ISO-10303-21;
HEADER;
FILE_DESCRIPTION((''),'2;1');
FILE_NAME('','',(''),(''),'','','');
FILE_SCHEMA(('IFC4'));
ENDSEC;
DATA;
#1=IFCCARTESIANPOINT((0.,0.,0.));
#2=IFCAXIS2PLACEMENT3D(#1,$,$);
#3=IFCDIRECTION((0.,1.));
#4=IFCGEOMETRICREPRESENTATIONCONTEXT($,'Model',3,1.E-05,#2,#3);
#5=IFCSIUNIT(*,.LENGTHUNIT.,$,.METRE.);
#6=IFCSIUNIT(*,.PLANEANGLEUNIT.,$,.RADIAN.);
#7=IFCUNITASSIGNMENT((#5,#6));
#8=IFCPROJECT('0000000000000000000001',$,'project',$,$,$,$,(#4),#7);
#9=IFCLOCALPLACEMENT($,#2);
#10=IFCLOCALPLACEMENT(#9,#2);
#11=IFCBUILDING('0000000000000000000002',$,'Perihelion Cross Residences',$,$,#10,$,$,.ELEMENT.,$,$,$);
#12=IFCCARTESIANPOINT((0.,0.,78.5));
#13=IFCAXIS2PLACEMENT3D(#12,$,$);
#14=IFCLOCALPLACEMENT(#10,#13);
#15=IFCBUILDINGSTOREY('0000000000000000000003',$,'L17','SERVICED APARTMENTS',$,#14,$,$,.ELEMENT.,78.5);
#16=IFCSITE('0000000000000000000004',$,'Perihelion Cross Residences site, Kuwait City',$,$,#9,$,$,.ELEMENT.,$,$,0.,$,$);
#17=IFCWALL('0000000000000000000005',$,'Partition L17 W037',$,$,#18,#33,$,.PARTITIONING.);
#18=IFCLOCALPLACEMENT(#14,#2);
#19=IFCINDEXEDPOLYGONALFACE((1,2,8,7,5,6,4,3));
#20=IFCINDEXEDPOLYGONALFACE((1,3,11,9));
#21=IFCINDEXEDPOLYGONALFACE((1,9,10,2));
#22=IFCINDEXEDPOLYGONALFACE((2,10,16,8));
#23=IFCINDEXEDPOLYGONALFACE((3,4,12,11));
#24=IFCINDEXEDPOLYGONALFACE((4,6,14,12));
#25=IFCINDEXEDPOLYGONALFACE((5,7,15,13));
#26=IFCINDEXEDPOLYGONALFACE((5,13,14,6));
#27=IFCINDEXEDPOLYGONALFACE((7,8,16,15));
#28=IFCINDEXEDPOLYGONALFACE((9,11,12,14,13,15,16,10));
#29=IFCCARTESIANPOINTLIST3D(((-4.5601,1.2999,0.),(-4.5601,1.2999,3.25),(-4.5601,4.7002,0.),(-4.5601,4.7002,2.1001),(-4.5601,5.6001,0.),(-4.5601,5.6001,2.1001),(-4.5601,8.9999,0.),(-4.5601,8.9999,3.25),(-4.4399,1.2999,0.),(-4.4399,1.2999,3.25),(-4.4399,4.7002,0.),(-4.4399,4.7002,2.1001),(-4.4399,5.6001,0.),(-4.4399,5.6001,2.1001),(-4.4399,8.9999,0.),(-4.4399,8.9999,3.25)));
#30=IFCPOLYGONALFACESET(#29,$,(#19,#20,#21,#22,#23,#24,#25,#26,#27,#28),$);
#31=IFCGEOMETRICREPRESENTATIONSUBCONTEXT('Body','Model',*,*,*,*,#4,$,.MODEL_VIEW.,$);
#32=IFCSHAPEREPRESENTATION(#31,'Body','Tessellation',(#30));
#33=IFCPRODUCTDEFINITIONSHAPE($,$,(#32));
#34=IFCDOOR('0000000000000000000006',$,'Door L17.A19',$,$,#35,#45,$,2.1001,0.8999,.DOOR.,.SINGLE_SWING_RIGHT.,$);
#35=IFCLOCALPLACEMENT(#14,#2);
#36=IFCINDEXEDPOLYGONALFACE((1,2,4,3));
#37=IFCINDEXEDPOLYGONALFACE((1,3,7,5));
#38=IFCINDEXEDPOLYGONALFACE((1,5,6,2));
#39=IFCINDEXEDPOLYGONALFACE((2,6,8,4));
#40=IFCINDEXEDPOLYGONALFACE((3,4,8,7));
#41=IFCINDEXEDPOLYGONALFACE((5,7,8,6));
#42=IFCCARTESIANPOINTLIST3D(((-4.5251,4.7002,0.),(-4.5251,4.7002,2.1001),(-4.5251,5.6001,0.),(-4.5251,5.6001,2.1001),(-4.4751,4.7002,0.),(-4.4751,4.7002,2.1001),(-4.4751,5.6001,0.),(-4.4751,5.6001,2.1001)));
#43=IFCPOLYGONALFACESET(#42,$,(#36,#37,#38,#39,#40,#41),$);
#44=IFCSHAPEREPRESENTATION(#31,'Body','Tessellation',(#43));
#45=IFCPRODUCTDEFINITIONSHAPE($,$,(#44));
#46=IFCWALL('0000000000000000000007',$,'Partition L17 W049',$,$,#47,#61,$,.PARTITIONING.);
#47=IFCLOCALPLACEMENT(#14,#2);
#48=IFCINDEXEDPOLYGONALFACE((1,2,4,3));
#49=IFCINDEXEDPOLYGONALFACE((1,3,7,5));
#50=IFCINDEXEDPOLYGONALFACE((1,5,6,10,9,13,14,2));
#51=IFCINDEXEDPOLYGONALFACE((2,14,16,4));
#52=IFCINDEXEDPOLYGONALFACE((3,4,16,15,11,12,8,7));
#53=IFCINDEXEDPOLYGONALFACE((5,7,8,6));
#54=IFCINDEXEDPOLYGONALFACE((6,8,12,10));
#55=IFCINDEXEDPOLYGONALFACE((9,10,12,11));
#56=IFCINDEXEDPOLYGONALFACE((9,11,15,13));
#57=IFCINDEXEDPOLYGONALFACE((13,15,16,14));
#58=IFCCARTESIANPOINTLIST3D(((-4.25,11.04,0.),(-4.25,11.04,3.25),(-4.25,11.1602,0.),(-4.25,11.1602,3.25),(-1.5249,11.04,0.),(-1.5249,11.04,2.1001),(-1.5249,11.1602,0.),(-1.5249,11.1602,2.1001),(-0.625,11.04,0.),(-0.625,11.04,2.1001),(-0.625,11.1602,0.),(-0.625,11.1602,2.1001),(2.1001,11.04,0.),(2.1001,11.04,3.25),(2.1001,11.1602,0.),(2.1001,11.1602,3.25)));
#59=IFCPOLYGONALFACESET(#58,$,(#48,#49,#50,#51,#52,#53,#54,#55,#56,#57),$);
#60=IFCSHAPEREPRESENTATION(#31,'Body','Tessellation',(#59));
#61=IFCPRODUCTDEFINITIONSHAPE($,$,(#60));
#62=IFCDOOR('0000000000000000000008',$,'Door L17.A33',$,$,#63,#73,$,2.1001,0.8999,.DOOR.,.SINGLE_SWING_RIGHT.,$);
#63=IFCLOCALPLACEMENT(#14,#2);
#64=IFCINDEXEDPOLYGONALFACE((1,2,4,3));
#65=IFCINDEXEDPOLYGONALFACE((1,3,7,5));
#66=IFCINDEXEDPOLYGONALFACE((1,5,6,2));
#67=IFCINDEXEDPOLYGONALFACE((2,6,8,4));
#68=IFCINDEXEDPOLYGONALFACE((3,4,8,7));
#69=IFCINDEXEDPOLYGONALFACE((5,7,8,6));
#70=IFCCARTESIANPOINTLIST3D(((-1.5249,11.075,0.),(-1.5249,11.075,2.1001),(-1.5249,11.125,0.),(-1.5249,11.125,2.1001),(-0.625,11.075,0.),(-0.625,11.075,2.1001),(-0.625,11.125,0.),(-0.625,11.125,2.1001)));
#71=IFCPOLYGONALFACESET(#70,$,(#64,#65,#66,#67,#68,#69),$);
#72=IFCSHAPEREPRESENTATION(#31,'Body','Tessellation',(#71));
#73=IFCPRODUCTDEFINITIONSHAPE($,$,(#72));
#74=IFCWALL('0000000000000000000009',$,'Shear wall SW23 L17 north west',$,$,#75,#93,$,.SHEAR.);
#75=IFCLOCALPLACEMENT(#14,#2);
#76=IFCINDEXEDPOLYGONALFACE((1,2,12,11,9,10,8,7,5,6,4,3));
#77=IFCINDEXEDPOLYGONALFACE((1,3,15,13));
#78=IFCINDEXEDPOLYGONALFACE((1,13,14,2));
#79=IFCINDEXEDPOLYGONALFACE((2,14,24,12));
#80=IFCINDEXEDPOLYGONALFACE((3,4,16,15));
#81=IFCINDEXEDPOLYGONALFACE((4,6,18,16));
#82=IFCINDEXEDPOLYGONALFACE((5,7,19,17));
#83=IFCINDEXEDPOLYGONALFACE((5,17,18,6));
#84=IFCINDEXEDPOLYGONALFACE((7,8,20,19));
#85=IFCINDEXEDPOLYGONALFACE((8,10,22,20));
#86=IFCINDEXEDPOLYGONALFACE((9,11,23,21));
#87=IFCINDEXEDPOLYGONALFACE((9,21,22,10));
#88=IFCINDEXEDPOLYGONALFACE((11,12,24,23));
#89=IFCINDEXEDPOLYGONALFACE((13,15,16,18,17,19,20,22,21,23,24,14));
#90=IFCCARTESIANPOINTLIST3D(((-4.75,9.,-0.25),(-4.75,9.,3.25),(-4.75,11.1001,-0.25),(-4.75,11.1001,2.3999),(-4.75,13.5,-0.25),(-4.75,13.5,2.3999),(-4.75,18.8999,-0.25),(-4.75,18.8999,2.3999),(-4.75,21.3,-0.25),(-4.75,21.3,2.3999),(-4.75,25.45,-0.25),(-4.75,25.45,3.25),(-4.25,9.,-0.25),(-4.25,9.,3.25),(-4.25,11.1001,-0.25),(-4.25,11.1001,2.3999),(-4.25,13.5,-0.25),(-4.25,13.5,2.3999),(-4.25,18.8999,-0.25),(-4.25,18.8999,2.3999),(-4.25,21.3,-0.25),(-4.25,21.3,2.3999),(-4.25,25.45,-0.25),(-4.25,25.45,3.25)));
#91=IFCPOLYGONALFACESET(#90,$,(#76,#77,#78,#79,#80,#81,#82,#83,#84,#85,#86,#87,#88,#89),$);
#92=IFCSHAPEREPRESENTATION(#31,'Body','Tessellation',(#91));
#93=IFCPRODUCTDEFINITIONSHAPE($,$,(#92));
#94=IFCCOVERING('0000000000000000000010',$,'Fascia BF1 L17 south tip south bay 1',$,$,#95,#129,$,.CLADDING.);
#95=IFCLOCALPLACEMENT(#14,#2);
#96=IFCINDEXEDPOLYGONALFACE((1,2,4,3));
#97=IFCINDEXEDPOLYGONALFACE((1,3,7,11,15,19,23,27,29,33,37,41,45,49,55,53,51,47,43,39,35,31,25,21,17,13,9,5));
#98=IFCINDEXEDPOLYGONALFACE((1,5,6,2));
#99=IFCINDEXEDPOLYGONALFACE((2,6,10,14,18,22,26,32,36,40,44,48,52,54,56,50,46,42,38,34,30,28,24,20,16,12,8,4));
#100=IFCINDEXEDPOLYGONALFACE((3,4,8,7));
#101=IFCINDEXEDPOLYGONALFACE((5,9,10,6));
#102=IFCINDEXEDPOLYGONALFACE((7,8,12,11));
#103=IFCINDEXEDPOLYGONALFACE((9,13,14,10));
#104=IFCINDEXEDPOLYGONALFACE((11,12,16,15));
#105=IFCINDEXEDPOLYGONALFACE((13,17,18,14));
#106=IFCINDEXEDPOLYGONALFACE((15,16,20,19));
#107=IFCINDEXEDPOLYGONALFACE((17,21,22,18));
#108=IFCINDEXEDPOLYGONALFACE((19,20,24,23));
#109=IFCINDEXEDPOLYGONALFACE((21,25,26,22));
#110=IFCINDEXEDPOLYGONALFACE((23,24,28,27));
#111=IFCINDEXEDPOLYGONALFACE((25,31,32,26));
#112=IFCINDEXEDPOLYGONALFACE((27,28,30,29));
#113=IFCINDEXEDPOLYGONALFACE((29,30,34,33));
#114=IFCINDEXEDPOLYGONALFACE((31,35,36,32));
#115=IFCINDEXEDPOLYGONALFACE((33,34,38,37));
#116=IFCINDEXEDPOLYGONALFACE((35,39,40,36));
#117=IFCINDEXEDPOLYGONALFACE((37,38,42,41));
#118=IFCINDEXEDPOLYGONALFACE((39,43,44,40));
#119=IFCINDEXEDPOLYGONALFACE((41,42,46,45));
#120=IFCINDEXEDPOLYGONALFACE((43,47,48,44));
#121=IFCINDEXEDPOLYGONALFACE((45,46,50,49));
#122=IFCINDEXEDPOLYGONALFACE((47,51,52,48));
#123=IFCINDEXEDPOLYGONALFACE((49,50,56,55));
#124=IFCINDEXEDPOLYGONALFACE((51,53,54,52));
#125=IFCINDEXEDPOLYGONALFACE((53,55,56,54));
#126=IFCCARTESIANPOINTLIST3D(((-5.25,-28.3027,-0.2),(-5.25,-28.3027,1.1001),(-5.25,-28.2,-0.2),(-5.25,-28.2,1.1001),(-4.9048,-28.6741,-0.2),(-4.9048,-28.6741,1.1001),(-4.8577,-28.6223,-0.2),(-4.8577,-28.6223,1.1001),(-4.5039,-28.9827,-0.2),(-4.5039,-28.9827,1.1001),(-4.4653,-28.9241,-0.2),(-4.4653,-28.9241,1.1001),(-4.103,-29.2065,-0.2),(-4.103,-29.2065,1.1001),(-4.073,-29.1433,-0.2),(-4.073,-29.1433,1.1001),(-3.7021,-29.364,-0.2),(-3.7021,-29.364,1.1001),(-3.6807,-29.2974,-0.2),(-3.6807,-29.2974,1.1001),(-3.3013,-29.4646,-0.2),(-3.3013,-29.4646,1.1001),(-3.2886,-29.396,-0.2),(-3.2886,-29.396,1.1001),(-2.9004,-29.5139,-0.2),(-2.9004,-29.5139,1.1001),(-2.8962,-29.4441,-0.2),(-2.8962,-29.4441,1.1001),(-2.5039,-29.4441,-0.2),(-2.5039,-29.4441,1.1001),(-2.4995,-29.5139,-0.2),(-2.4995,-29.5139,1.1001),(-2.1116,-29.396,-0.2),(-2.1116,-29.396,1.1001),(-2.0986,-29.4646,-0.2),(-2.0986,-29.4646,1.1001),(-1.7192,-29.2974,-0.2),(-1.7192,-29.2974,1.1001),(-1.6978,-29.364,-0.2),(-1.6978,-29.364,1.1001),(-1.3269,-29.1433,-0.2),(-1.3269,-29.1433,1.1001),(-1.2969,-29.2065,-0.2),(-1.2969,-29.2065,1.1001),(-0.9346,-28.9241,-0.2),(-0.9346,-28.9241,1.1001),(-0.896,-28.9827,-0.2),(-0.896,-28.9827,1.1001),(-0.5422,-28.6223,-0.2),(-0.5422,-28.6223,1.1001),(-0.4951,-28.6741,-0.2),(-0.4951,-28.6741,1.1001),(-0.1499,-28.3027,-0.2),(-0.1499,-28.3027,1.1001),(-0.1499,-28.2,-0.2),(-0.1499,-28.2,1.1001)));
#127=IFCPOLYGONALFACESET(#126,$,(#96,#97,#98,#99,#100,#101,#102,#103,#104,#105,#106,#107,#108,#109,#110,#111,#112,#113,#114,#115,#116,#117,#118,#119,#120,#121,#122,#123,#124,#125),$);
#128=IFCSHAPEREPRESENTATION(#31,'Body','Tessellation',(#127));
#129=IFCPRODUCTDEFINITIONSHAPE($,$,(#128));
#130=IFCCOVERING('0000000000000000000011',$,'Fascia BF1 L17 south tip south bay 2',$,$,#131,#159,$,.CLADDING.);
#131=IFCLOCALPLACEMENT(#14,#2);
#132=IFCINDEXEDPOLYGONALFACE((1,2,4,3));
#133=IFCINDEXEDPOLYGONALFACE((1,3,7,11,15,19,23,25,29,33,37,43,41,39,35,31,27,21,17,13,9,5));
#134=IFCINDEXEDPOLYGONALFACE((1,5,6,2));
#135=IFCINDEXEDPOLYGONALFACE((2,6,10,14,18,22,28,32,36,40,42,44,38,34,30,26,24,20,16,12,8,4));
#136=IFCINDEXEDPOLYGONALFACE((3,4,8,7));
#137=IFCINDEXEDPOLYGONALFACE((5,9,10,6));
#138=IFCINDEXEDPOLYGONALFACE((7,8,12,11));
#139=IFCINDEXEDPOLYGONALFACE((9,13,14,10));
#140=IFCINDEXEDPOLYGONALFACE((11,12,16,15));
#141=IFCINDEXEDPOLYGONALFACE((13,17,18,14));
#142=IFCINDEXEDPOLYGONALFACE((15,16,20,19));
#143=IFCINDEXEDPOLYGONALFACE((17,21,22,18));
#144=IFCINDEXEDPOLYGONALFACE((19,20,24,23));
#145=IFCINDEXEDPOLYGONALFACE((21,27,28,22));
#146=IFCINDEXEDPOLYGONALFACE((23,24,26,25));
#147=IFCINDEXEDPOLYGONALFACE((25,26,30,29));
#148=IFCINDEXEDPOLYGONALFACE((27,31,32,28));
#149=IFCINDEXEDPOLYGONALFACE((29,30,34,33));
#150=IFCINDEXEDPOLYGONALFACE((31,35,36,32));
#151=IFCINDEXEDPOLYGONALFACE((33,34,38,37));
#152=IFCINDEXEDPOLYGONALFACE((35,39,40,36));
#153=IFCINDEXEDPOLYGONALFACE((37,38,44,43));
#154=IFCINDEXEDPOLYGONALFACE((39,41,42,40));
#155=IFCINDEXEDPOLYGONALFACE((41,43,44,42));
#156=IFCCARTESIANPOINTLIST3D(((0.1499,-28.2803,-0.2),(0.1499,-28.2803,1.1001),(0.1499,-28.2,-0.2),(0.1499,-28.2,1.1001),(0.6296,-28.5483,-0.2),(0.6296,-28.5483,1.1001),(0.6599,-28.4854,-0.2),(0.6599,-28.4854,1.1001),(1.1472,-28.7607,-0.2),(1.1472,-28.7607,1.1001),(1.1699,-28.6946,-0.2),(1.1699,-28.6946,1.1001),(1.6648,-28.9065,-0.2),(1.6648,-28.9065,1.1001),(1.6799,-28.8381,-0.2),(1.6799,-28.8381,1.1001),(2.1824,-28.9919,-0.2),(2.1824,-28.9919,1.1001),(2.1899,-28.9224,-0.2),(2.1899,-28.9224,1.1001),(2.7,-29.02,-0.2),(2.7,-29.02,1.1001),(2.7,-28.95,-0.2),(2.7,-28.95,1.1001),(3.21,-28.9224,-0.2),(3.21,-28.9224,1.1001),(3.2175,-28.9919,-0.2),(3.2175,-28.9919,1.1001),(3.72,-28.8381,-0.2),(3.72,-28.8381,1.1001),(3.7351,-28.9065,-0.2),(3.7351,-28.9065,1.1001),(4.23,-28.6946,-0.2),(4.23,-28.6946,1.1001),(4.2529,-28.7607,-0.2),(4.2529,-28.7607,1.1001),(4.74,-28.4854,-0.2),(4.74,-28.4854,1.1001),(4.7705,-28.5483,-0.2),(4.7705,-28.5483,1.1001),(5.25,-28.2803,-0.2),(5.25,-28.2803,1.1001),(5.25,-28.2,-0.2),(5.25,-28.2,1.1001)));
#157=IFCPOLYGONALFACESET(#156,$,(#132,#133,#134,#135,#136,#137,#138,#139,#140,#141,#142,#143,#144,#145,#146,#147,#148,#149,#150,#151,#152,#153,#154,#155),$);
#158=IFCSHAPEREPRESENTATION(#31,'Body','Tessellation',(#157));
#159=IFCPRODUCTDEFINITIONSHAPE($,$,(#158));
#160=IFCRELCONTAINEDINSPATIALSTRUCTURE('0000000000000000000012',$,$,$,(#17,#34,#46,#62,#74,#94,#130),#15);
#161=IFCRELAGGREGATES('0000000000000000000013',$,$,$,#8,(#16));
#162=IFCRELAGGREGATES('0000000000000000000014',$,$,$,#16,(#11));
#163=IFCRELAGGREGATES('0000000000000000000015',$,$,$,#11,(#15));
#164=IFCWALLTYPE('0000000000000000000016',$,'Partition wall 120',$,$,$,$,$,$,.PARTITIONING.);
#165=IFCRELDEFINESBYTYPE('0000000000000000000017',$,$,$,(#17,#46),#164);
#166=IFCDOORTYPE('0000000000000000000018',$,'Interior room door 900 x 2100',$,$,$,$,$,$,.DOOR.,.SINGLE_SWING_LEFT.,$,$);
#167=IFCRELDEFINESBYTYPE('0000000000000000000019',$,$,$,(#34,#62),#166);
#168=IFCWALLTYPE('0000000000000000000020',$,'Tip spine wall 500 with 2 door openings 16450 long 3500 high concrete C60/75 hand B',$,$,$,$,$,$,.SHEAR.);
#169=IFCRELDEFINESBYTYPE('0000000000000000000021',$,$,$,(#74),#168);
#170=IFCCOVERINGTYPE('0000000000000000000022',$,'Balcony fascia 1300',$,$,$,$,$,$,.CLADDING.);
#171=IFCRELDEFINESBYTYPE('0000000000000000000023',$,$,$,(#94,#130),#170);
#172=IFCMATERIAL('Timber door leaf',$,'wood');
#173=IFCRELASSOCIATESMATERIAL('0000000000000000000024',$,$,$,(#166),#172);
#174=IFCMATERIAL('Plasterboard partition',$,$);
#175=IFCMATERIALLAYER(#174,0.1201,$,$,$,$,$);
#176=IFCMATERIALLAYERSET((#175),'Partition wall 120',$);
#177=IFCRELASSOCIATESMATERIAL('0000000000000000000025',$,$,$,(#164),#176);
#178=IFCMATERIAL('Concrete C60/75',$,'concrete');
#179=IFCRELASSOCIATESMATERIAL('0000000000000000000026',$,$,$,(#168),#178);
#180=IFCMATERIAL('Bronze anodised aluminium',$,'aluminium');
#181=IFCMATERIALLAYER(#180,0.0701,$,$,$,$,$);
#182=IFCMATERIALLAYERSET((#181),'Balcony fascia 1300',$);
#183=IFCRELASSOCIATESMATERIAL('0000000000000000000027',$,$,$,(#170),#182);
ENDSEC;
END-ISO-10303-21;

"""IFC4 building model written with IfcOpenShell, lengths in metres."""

from ifc_helpers import new_model, si_unit, direction, frame, frame_2d, origin, place, context, subcontext, project, spatial, polyline, rectangle, outline, extrude, material, layer, layer_set, material_profile, profile_set, type_object, element, fill, save


model = new_model("IFC4")

# Units and contexts
model_context = context("Model", 3, precision=1e-05, world=origin(), true_north=direction((0.0, 1.0)))
body_context = subcontext(model_context, "Body", "Model", "MODEL_VIEW")
ifc_project = project(units=[si_unit("LENGTHUNIT", "METRE"), si_unit("PLANEANGLEUNIT", "RADIAN")], contexts=[model_context])

# Site, building, storey
site_placement = place(None, origin())
site = spatial("IfcSite", under=ifc_project, at=site_placement, Name="Perihelion Cross Residences site, Kuwait City", CompositionType="ELEMENT", RefElevation=0.0)
building_placement = place(site_placement, origin())
building = spatial("IfcBuilding", under=site, at=building_placement, Name="Perihelion Cross Residences", CompositionType="ELEMENT")
storey_placement = place(building_placement, frame((0.0, 0.0, 78.5)))
storey = spatial("IfcBuildingStorey", under=building, at=storey_placement, Name="L17", Description="SERVICED APARTMENTS", CompositionType="ELEMENT", Elevation=78.5)

# Walls, openings, doors
ifc_material_1 = material(Name="Timber door leaf", Category="wood")
door_type = type_object("IfcDoorType", Name="Interior room door 900 x 2100", OperationType="SINGLE_SWING_LEFT", PredefinedType="DOOR", material=ifc_material_1)
ifc_material_2 = material(Name="Plasterboard partition")
ifc_layer_1 = layer(ifc_material_2, 0.1201)
ifc_layer_set_1 = layer_set([ifc_layer_1], Name="Partition wall 120")
wall_type_1 = type_object("IfcWallType", Name="Partition wall 120", PredefinedType="PARTITIONING", material=ifc_layer_set_1)
wall_1_placement = place(storey_placement, frame((-4.5, 9.0, 0.0), z_axis=(0.0, 0.0, 1.0), x_axis=(0.0, -1.0, 0.0)))
wall_1 = element("IfcWall", 1, at=wall_1_placement, inside=storey, type_object=wall_type_1, Name="Partition L17 W037", PredefinedType="PARTITIONING", context=body_context, shape_type="SweptSolid", body=[
    extrude(rectangle(XDim=7.7, YDim=0.1201, at=frame_2d((3.8501, 0.0))), origin(), (0.0, 0.0, 1.0), 3.25),
])
opening_1_placement = place(wall_1_placement, frame((3.3999, 0.0, 0.0)))
opening_1 = element("IfcOpeningElement", 2, at=opening_1_placement, cuts=wall_1, PredefinedType="OPENING", context=body_context, shape_type="SweptSolid", body=[
    extrude(rectangle(XDim=0.8999, YDim=2.1001, at=frame_2d((0.45, 1.05))), frame((0.0, 0.0701, 0.0), z_axis=(0.0, -1.0, 0.0), x_axis=(1.0, 0.0, 0.0)), (0.0, 0.0, 1.0), 0.1401),
])
door_1_placement = place(opening_1_placement, origin())
door_1 = element("IfcDoor", 3, at=door_1_placement, inside=storey, type_object=door_type, Name="Door L17.A19", OperationType="SINGLE_SWING_RIGHT", OverallHeight=2.1001, OverallWidth=0.8999, PredefinedType="DOOR", context=body_context, shape_type="SweptSolid", body=[
    extrude(rectangle(XDim=0.8999, YDim=2.1001, at=frame_2d((0.45, 1.05))), frame((0.0, 0.0249, 0.0), z_axis=(0.0, -1.0, 0.0), x_axis=(1.0, 0.0, 0.0)), (0.0, 0.0, 1.0), 0.05),
])
fill(opening_1, door_1)
wall_2_placement = place(storey_placement, frame((-4.25, 11.1001, 0.0), z_axis=(0.0, 0.0, 1.0), x_axis=(1.0, 0.0, 0.0)))
wall_2 = element("IfcWall", 4, at=wall_2_placement, inside=storey, type_object=wall_type_1, Name="Partition L17 W049", PredefinedType="PARTITIONING", context=body_context, shape_type="SweptSolid", body=[
    extrude(rectangle(XDim=6.3501, YDim=0.1201, at=frame_2d((3.175, 0.0))), origin(), (0.0, 0.0, 1.0), 3.25),
])
opening_2_placement = place(wall_2_placement, frame((2.7251, 0.0, 0.0)))
opening_2 = element("IfcOpeningElement", 5, at=opening_2_placement, cuts=wall_2, PredefinedType="OPENING", context=body_context, shape_type="SweptSolid", body=[
    extrude(rectangle(XDim=0.8999, YDim=2.1001, at=frame_2d((0.45, 1.05))), frame((0.0, 0.0701, 0.0), z_axis=(0.0, -1.0, 0.0), x_axis=(1.0, 0.0, 0.0)), (0.0, 0.0, 1.0), 0.1401),
])
door_2_placement = place(opening_2_placement, origin())
door_2 = element("IfcDoor", 6, at=door_2_placement, inside=storey, type_object=door_type, Name="Door L17.A33", OperationType="SINGLE_SWING_RIGHT", OverallHeight=2.1001, OverallWidth=0.8999, PredefinedType="DOOR", context=body_context, shape_type="SweptSolid", body=[
    extrude(rectangle(XDim=0.8999, YDim=2.1001, at=frame_2d((0.45, 1.05))), frame((0.0, 0.0249, 0.0), z_axis=(0.0, -1.0, 0.0), x_axis=(1.0, 0.0, 0.0)), (0.0, 0.0, 1.0), 0.05),
])
fill(opening_2, door_2)

# Wall
ifc_material_3 = material(Name="Concrete C60/75", Category="concrete")
ifc_material_profile_1 = material_profile(ifc_material_3, outline(polyline([(0.0, 0.0), (2.1001, 0.0), (2.1001, 2.6499), (4.5, 2.6499), (4.5, 0.0), (9.8999, 0.0), (9.8999, 2.6499), (12.3, 2.6499), (12.3, 0.0), (16.45, 0.0), (16.45, 3.5), (0.0, 3.5), (0.0, 0.0)])), Name="Tip spine wall")
ifc_profile_set_1 = profile_set([ifc_material_profile_1], Name="Concrete C60/75")
wall_type_2 = type_object("IfcWallType", Name="Tip spine wall 500 with 2 door openings 16450 long 3500 high concrete C60/75 hand B", PredefinedType="SHEAR", material=ifc_profile_set_1)
wall_3_placement = place(storey_placement, frame((-4.75, 9.0, -0.25), z_axis=(1.0, 0.0, 0.0), x_axis=(0.0, 1.0, 0.0)))
element("IfcWall", 7, at=wall_3_placement, inside=storey, type_object=wall_type_2, Name="Shear wall SW23 L17 north west", PredefinedType="SHEAR", context=body_context, shape_type="SweptSolid", body=[
    extrude(outline(polyline([(0.0, 0.0), (2.1001, 0.0), (2.1001, 2.6499), (4.5, 2.6499), (4.5, 0.0), (9.8999, 0.0), (9.8999, 2.6499), (12.3, 2.6499), (12.3, 0.0), (16.45, 0.0), (16.45, 3.5), (0.0, 3.5), (0.0, 0.0)])), origin(), (0.0, 0.0, 1.0), 0.5),
])

# Coverings
ifc_material_4 = material(Name="Bronze anodised aluminium", Category="aluminium")
ifc_layer_2 = layer(ifc_material_4, 0.0701)
ifc_layer_set_2 = layer_set([ifc_layer_2], Name="Balcony fascia 1300")
covering_type_1 = type_object("IfcCoveringType", Name="Balcony fascia 1300", PredefinedType="CLADDING", material=ifc_layer_set_2)
covering_1_placement = place(storey_placement, frame((0.0, 0.0, -0.2)))
element("IfcCovering", 8, at=covering_1_placement, inside=storey, type_object=covering_type_1, Name="Fascia BF1 L17 south tip south bay 1", PredefinedType="CLADDING", context=body_context, shape_type="SweptSolid", body=[
    extrude(outline(polyline([(-4.9048, -28.6741), (-4.5039, -28.9827), (-4.103, -29.2065), (-3.7021, -29.364), (-3.3013, -29.4646), (-2.9004, -29.5139), (-2.4995, -29.5139), (-2.0986, -29.4646), (-1.6978, -29.364), (-1.2969, -29.2065), (-0.896, -28.9827), (-0.4951, -28.6741), (-0.1499, -28.3027), (-0.1499, -28.2), (-0.5422, -28.6223), (-0.9346, -28.9241), (-1.3269, -29.1433), (-1.7192, -29.2974), (-2.1116, -29.396), (-2.5039, -29.4441), (-2.8962, -29.4441), (-3.2886, -29.396), (-3.6807, -29.2974), (-4.073, -29.1433), (-4.4653, -28.9241), (-4.8577, -28.6223), (-5.25, -28.2), (-5.25, -28.3027), (-4.9048, -28.6741)])), origin(), (0.0, 0.0, 1.0), 1.3),
])
covering_2_placement = place(storey_placement, frame((0.0, 0.0, -0.2)))
element("IfcCovering", 9, at=covering_2_placement, inside=storey, type_object=covering_type_1, Name="Fascia BF1 L17 south tip south bay 2", PredefinedType="CLADDING", context=body_context, shape_type="SweptSolid", body=[
    extrude(outline(polyline([(0.6296, -28.5483), (1.1472, -28.7607), (1.6648, -28.9065), (2.1824, -28.9919), (2.7, -29.02), (3.2175, -28.9919), (3.7351, -28.9065), (4.2529, -28.7607), (4.7705, -28.5483), (5.25, -28.2803), (5.25, -28.2), (4.74, -28.4854), (4.23, -28.6946), (3.72, -28.8381), (3.21, -28.9224), (2.7, -28.95), (2.1899, -28.9224), (1.6799, -28.8381), (1.1699, -28.6946), (0.6599, -28.4854), (0.1499, -28.2), (0.1499, -28.2803), (0.6296, -28.5483)])), origin(), (0.0, 0.0, 1.0), 1.3),
])

save(model, "model.ifc")
